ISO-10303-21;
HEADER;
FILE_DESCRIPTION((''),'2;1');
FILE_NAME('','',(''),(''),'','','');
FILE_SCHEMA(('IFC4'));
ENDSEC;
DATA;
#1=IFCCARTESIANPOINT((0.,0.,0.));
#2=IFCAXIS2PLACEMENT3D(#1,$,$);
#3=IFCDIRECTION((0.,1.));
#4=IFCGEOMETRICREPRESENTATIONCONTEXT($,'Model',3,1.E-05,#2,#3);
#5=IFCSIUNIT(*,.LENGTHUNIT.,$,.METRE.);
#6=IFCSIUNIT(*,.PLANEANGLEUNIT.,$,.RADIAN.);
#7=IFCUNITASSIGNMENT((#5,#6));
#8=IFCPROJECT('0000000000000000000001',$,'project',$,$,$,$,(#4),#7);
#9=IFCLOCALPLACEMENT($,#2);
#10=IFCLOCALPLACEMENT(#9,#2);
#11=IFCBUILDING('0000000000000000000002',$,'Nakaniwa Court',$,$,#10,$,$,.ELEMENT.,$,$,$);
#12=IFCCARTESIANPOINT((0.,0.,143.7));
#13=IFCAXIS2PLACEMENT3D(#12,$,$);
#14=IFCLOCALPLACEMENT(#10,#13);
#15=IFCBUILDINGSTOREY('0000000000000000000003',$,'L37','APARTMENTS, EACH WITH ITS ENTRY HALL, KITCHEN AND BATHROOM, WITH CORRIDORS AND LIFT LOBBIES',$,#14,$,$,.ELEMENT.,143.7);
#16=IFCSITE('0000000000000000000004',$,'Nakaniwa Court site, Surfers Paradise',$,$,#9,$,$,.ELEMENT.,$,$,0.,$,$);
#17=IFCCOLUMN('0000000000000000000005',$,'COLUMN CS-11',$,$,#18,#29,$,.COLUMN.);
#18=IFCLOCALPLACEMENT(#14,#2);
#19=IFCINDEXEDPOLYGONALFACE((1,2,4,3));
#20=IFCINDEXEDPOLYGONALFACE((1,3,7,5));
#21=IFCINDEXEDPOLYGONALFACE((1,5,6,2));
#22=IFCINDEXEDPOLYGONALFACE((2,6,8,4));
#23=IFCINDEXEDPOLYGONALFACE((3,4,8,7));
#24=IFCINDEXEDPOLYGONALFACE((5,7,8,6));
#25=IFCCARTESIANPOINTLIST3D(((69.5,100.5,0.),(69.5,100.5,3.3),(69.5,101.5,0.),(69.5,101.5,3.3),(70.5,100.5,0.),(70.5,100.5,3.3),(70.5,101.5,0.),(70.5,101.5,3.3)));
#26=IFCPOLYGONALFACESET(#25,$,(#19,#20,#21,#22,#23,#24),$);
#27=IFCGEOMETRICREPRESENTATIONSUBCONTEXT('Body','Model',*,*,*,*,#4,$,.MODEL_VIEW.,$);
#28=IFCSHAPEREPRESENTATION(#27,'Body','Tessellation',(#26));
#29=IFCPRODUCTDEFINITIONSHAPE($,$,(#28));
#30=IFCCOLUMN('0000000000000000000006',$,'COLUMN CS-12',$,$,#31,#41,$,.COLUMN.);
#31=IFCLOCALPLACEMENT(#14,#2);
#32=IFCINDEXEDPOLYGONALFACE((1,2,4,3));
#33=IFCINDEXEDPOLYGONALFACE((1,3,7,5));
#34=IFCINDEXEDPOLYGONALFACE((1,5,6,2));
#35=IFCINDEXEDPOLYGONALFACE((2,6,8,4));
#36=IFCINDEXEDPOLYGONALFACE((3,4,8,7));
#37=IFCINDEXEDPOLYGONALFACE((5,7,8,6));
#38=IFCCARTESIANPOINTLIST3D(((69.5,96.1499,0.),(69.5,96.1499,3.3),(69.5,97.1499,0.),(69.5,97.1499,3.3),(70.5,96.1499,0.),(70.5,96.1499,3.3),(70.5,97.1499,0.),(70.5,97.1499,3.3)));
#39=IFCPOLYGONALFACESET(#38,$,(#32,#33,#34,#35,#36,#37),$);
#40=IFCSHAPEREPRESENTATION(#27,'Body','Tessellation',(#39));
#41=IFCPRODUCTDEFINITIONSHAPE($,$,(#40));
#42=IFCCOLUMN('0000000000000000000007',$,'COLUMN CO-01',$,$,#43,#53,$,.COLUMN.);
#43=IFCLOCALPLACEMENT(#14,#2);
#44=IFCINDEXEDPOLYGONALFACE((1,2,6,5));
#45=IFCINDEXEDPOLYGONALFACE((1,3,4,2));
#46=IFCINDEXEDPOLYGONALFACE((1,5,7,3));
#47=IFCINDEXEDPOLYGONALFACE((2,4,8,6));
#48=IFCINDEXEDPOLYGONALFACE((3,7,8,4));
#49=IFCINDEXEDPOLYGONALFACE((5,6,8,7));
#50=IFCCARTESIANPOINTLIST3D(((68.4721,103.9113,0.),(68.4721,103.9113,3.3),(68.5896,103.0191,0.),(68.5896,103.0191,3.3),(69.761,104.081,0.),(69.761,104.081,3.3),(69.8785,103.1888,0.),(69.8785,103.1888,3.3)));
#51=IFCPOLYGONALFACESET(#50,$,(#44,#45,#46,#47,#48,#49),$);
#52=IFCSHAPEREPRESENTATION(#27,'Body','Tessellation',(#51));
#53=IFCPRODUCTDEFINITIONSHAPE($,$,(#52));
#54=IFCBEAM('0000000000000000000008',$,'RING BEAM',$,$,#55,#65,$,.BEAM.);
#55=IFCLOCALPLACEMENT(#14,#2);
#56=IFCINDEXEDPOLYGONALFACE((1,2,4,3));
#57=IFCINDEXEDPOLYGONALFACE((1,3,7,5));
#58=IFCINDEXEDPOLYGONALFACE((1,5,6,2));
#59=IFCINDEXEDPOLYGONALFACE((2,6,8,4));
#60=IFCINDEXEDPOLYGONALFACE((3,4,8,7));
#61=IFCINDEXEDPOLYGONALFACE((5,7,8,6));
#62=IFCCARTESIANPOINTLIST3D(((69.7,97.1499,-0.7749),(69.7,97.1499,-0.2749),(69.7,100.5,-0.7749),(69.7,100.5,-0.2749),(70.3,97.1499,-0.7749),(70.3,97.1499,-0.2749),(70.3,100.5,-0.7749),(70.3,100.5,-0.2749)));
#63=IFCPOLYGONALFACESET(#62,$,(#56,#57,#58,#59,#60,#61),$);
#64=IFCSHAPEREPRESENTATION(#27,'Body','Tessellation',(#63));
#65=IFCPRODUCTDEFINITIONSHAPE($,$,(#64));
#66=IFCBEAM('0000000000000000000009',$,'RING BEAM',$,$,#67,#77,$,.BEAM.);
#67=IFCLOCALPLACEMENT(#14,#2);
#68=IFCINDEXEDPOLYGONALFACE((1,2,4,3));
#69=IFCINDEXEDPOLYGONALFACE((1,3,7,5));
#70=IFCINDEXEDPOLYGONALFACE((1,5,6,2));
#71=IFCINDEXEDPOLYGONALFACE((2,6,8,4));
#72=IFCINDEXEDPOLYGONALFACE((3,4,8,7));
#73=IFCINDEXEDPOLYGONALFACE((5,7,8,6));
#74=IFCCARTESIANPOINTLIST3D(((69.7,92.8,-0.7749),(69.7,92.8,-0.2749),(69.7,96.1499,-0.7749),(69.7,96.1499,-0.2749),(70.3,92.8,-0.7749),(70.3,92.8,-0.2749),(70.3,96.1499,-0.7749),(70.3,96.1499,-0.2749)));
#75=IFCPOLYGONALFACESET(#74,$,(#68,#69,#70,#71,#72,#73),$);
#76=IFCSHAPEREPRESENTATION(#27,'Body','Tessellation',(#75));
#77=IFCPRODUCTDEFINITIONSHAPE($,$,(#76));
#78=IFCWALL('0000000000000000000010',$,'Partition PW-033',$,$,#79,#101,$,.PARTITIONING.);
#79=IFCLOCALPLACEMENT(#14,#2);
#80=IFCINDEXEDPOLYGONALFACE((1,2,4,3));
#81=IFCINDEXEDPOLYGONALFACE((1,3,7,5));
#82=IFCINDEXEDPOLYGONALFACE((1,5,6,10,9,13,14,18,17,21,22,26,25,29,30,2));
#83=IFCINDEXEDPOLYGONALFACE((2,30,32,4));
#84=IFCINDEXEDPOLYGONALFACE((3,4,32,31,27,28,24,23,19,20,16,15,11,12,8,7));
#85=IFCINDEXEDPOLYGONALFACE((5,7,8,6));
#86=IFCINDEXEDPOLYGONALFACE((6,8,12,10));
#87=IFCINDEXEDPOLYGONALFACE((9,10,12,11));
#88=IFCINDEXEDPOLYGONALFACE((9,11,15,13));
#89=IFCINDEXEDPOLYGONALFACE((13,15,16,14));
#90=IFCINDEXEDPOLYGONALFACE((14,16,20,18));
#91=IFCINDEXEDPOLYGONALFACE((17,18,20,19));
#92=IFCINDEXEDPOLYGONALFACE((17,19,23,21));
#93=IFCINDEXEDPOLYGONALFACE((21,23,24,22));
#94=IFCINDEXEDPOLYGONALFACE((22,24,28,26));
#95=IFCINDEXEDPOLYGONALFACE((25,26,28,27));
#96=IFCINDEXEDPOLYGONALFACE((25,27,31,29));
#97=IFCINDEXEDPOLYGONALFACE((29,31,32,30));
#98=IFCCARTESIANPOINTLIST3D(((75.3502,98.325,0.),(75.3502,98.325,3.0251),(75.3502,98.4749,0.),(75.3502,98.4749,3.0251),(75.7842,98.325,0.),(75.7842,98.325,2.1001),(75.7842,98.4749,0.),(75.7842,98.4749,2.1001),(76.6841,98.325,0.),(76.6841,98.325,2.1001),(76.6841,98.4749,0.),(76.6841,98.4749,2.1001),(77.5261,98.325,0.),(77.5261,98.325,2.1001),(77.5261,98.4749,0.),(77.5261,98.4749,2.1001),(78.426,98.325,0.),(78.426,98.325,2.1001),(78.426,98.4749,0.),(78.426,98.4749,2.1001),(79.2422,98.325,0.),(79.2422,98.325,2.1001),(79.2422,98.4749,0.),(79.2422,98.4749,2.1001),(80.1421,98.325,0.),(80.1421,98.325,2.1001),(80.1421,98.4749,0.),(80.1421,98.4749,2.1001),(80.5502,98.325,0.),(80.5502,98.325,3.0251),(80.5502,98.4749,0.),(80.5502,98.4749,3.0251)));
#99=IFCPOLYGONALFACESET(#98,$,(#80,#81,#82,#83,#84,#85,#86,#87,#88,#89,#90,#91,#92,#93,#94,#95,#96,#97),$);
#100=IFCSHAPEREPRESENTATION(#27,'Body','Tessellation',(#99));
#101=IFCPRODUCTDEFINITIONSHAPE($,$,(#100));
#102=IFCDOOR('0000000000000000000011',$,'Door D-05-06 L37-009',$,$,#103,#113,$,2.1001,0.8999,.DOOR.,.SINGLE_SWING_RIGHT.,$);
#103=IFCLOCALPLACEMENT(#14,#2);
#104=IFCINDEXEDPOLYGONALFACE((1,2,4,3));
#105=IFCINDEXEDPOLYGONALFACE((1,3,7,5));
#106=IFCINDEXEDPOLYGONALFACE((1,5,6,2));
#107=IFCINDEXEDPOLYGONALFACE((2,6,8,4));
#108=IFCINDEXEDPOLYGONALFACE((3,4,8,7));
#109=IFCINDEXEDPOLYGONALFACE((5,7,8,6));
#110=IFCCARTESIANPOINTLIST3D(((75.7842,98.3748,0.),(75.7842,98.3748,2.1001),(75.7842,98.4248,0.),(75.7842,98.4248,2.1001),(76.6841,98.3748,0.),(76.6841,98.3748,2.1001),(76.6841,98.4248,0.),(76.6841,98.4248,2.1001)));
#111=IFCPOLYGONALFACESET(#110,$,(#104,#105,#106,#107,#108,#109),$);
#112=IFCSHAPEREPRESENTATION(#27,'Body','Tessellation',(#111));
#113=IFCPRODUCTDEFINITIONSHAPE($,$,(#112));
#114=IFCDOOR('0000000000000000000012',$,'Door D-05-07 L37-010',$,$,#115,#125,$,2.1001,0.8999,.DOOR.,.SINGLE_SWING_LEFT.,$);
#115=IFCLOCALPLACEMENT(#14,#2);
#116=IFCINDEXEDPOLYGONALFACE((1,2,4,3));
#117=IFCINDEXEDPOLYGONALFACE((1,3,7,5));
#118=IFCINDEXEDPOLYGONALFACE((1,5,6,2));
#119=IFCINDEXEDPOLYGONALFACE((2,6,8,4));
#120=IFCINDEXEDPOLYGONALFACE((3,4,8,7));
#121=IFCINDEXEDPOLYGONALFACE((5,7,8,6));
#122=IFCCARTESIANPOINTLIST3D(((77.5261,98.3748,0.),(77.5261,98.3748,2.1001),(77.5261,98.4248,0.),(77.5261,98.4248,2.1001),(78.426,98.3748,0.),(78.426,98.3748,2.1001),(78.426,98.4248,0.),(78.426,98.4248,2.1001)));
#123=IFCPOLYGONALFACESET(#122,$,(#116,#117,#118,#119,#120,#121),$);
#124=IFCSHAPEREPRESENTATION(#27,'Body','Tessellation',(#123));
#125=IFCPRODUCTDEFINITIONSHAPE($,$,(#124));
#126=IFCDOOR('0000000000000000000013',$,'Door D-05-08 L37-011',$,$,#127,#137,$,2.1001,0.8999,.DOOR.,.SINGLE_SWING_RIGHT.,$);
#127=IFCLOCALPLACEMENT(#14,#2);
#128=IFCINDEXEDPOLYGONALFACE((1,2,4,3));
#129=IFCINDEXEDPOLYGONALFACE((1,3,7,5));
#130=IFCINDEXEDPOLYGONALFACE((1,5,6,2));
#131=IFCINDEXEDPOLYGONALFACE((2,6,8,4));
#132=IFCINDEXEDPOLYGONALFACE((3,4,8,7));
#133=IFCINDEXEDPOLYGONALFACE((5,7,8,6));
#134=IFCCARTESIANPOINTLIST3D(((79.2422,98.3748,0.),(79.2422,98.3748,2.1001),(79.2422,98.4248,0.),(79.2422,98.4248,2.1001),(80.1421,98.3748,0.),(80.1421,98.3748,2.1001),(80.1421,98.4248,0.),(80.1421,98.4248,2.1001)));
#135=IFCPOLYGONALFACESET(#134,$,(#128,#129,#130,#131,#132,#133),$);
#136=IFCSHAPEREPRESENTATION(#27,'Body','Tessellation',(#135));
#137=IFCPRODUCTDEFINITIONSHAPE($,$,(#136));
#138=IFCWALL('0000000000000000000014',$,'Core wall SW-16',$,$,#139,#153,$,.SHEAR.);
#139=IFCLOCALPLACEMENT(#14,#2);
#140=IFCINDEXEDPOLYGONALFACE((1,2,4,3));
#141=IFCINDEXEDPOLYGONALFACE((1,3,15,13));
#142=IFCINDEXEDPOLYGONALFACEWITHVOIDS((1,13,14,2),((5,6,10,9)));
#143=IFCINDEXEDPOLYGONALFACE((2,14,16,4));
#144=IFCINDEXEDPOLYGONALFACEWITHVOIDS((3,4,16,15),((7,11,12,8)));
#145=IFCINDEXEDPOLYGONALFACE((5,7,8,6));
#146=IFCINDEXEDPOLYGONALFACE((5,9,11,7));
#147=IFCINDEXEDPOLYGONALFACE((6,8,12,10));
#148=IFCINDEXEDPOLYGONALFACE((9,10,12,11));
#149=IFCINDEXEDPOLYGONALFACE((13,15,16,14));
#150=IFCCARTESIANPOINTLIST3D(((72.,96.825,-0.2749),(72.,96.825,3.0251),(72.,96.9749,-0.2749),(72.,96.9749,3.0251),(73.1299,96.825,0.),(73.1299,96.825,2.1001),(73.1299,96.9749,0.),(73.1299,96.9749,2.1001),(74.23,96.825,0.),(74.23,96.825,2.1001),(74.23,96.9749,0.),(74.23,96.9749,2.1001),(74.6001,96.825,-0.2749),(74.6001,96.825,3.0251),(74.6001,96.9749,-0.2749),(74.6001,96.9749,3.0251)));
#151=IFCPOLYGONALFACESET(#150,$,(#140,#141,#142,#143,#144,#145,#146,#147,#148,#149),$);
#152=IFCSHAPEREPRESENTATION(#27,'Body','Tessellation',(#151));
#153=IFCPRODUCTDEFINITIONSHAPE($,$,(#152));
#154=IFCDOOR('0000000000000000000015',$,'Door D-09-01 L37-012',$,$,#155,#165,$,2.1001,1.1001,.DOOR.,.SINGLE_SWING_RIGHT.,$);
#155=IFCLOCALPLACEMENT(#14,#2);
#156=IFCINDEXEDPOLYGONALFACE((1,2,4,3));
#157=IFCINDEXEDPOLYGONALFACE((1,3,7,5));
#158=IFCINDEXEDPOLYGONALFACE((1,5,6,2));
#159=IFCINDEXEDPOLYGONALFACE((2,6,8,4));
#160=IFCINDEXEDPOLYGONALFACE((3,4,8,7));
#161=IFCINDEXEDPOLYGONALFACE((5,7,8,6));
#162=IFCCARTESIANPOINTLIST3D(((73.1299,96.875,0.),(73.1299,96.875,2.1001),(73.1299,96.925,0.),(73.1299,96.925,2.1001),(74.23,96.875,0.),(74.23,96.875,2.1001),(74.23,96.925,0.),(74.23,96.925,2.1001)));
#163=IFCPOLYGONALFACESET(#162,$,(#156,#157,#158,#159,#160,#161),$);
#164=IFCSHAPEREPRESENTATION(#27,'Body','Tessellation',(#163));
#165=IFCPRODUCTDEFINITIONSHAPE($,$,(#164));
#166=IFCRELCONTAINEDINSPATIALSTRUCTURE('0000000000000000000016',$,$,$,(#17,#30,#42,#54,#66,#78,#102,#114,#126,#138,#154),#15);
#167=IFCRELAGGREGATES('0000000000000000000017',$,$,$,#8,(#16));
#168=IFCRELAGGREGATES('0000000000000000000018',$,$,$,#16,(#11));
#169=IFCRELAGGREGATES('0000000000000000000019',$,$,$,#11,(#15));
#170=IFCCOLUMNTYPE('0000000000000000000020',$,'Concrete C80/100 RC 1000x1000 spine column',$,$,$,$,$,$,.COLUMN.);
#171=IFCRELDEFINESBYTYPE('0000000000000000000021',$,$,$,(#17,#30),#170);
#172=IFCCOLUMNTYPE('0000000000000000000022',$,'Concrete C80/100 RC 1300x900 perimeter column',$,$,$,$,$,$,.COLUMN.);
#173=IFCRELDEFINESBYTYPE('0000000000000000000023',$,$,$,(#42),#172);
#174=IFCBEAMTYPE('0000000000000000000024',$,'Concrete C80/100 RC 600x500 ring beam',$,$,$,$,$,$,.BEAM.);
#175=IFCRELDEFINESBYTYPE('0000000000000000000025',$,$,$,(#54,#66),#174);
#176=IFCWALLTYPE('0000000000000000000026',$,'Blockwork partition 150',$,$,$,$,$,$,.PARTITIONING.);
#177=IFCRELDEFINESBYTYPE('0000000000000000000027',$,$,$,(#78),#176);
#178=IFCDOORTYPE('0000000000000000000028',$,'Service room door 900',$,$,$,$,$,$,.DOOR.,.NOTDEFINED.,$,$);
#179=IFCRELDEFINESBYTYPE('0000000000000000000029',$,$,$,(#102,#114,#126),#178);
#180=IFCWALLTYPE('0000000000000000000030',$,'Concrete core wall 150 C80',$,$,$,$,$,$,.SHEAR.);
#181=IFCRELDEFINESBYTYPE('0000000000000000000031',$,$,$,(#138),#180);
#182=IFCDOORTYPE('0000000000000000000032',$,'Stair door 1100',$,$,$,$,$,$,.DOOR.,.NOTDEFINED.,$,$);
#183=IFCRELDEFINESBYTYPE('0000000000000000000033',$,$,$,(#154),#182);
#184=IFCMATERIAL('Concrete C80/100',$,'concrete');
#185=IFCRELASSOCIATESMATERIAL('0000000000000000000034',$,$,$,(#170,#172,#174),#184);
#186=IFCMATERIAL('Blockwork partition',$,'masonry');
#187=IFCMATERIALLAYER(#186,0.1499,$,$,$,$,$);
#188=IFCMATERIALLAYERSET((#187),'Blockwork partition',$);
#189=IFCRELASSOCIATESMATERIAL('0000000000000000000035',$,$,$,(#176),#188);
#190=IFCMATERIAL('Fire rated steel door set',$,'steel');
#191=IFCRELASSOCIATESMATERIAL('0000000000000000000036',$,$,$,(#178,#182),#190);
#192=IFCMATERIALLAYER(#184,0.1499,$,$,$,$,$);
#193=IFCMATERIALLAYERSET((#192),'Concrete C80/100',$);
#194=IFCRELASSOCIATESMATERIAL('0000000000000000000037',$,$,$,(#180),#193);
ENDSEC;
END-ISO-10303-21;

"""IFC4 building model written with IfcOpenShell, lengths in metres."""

from ifc_helpers import new_model, si_unit, direction, frame, frame_2d, origin, origin_2d, place, context, subcontext, project, spatial, rectangle, extrude, material, layer, layer_set, material_profile, profile_set, type_object, element, fill, save


model = new_model("IFC4")

# Units and contexts
model_context = context("Model", 3, precision=1e-05, world=origin(), true_north=direction((0.0, 1.0)))
body_context = subcontext(model_context, "Body", "Model", "MODEL_VIEW")
ifc_project = project(units=[si_unit("LENGTHUNIT", "METRE"), si_unit("PLANEANGLEUNIT", "RADIAN")], contexts=[model_context])

# Site, building, storey
site_placement = place(None, origin())
site = spatial("IfcSite", under=ifc_project, at=site_placement, Name="Nakaniwa Court site, Surfers Paradise", CompositionType="ELEMENT", RefElevation=0.0)
building_placement = place(site_placement, origin())
building = spatial("IfcBuilding", under=site, at=building_placement, Name="Nakaniwa Court", CompositionType="ELEMENT")
storey_placement = place(building_placement, frame((0.0, 0.0, 143.7)))
storey = spatial("IfcBuildingStorey", under=building, at=storey_placement, Name="L37", Description="APARTMENTS, EACH WITH ITS ENTRY HALL, KITCHEN AND BATHROOM, WITH CORRIDORS AND LIFT LOBBIES", CompositionType="ELEMENT", Elevation=143.7)

# Columns
ifc_material_1 = material(Name="Concrete C80/100", Category="concrete")
ifc_material_profile_1 = material_profile(ifc_material_1, rectangle(XDim=1.0, YDim=1.0, at=origin_2d()), Name="Concrete C80/100 RC 1000x1000 spine column")
ifc_profile_set_1 = profile_set([ifc_material_profile_1], Name="Concrete C80/100")
column_type_1 = type_object("IfcColumnType", Name="Concrete C80/100 RC 1000x1000 spine column", PredefinedType="COLUMN", material=ifc_profile_set_1)
for number, where, z_axis, x_axis, name in (
    (1, (70.0, 101.0, 0.0), (0.0, 0.0, 1.0), (0.0, -1.0, 0.0), "COLUMN CS-11"),
    (2, (70.0, 96.6499, 0.0), (0.0, 0.0, 1.0), (0.0, -1.0, 0.0), "COLUMN CS-12"),
):
    element("IfcColumn", number, at=place(storey_placement, frame(where, z_axis=z_axis, x_axis=x_axis)), inside=storey, type_object=column_type_1, Name=name, PredefinedType="COLUMN", context=body_context, shape_type="SweptSolid", body=[
        extrude(rectangle(XDim=1.0, YDim=1.0, at=origin_2d()), origin(), (0.0, 0.0, 1.0), 3.3),
    ])
ifc_material_profile_2 = material_profile(ifc_material_1, rectangle(XDim=1.3, YDim=0.8999, at=origin_2d()), Name="Concrete C80/100 RC 1300x900 perimeter column")
ifc_profile_set_2 = profile_set([ifc_material_profile_2], Name="Concrete C80/100")
column_type_2 = type_object("IfcColumnType", Name="Concrete C80/100 RC 1300x900 perimeter column", PredefinedType="COLUMN", material=ifc_profile_set_2)
column_placement = place(storey_placement, frame((69.1753, 103.55, 0.0), z_axis=(0.0, 0.0, 1.0), x_axis=(-0.991443, -0.130543, 0.0)))
element("IfcColumn", 3, at=column_placement, inside=storey, type_object=column_type_2, Name="COLUMN CO-01", PredefinedType="COLUMN", context=body_context, shape_type="SweptSolid", body=[
    extrude(rectangle(XDim=1.3, YDim=0.8999, at=origin_2d()), origin(), (0.0, 0.0, 1.0), 3.3),
])

# Beams
ifc_material_profile_3 = material_profile(ifc_material_1, rectangle(XDim=0.6001, YDim=0.5, at=origin_2d()), Name="Concrete C80/100 RC 600x500 ring beam")
ifc_profile_set_3 = profile_set([ifc_material_profile_3], Name="Concrete C80/100")
beam_type = type_object("IfcBeamType", Name="Concrete C80/100 RC 600x500 ring beam", PredefinedType="BEAM", material=ifc_profile_set_3)
beam_1_placement = place(storey_placement, frame((70.0, 100.5, -0.5249), z_axis=(0.0, -1.0, 0.0), x_axis=(1.0, 0.0, 0.0)))
element("IfcBeam", 4, at=beam_1_placement, inside=storey, type_object=beam_type, Name="RING BEAM", PredefinedType="BEAM", context=body_context, shape_type="SweptSolid", body=[
    extrude(rectangle(XDim=0.6001, YDim=0.5, at=origin_2d()), origin(), (0.0, 0.0, 1.0), 3.3501),
])
beam_2_placement = place(storey_placement, frame((70.0, 96.1499, -0.5249), z_axis=(0.0, -1.0, 0.0), x_axis=(1.0, 0.0, 0.0)))
element("IfcBeam", 5, at=beam_2_placement, inside=storey, type_object=beam_type, Name="RING BEAM", PredefinedType="BEAM", context=body_context, shape_type="SweptSolid", body=[
    extrude(rectangle(XDim=0.6001, YDim=0.5, at=origin_2d()), origin(), (0.0, 0.0, 1.0), 3.3499),
])

# Wall, openings, doors
ifc_material_2 = material(Name="Blockwork partition", Category="masonry")
ifc_layer_1 = layer(ifc_material_2, 0.1499)
ifc_layer_set_1 = layer_set([ifc_layer_1], Name="Blockwork partition")
wall_type_1 = type_object("IfcWallType", Name="Blockwork partition 150", PredefinedType="PARTITIONING", material=ifc_layer_set_1)
wall_1_placement = place(storey_placement, frame((75.3501, 98.3999, 0.0), z_axis=(0.0, 0.0, 1.0), x_axis=(1.0, 0.0, 0.0)))
wall_1 = element("IfcWall", 6, at=wall_1_placement, inside=storey, type_object=wall_type_1, Name="Partition PW-033", PredefinedType="PARTITIONING", context=body_context, shape_type="SweptSolid", body=[
    extrude(rectangle(XDim=5.2, YDim=0.1499, at=frame_2d((2.6001, 0.0))), origin(), (0.0, 0.0, 1.0), 3.0251),
])
opening_1_placement = place(wall_1_placement, frame((0.4341, 0.0, 0.0)))
opening_1 = element("IfcOpeningElement", 7, at=opening_1_placement, cuts=wall_1, PredefinedType="OPENING", context=body_context, shape_type="SweptSolid", body=[
    extrude(rectangle(XDim=0.8999, YDim=2.1001, at=frame_2d((0.45, 1.05))), frame((0.0, 0.085, 0.0), z_axis=(0.0, -1.0, 0.0), x_axis=(1.0, 0.0, 0.0)), (0.0, 0.0, 1.0), 0.1699),
])
opening_2_placement = place(wall_1_placement, frame((2.176, 0.0, 0.0)))
opening_2 = element("IfcOpeningElement", 8, at=opening_2_placement, cuts=wall_1, PredefinedType="OPENING", context=body_context, shape_type="SweptSolid", body=[
    extrude(rectangle(XDim=0.8999, YDim=2.1001, at=frame_2d((0.45, 1.05))), frame((0.0, 0.085, 0.0), z_axis=(0.0, -1.0, 0.0), x_axis=(1.0, 0.0, 0.0)), (0.0, 0.0, 1.0), 0.1699),
])
opening_3_placement = place(wall_1_placement, frame((3.8921, 0.0, 0.0)))
opening_3 = element("IfcOpeningElement", 9, at=opening_3_placement, cuts=wall_1, PredefinedType="OPENING", context=body_context, shape_type="SweptSolid", body=[
    extrude(rectangle(XDim=0.8999, YDim=2.1001, at=frame_2d((0.45, 1.05))), frame((0.0, 0.085, 0.0), z_axis=(0.0, -1.0, 0.0), x_axis=(1.0, 0.0, 0.0)), (0.0, 0.0, 1.0), 0.1699),
])
ifc_material_3 = material(Name="Fire rated steel door set", Category="steel")
door_type_1 = type_object("IfcDoorType", Name="Service room door 900", OperationType="NOTDEFINED", PredefinedType="DOOR", material=ifc_material_3)
door_1_placement = place(opening_1_placement, origin())
door_1 = element("IfcDoor", 10, at=door_1_placement, inside=storey, type_object=door_type_1, Name="Door D-05-06 L37-009", OperationType="SINGLE_SWING_RIGHT", OverallHeight=2.1001, OverallWidth=0.8999, PredefinedType="DOOR", context=body_context, shape_type="SweptSolid", body=[
    extrude(rectangle(XDim=0.8999, YDim=2.1001, at=frame_2d((0.45, 1.05))), frame((0.0, 0.0249, 0.0), z_axis=(0.0, -1.0, 0.0), x_axis=(1.0, 0.0, 0.0)), (0.0, 0.0, 1.0), 0.05),
])
fill(opening_1, door_1)
door_2_placement = place(opening_2_placement, origin())
door_2 = element("IfcDoor", 11, at=door_2_placement, inside=storey, type_object=door_type_1, Name="Door D-05-07 L37-010", OperationType="SINGLE_SWING_LEFT", OverallHeight=2.1001, OverallWidth=0.8999, PredefinedType="DOOR", context=body_context, shape_type="SweptSolid", body=[
    extrude(rectangle(XDim=0.8999, YDim=2.1001, at=frame_2d((0.45, 1.05))), frame((0.0, 0.0249, 0.0), z_axis=(0.0, -1.0, 0.0), x_axis=(1.0, 0.0, 0.0)), (0.0, 0.0, 1.0), 0.05),
])
fill(opening_2, door_2)
door_3_placement = place(opening_3_placement, origin())
door_3 = element("IfcDoor", 12, at=door_3_placement, inside=storey, type_object=door_type_1, Name="Door D-05-08 L37-011", OperationType="SINGLE_SWING_RIGHT", OverallHeight=2.1001, OverallWidth=0.8999, PredefinedType="DOOR", context=body_context, shape_type="SweptSolid", body=[
    extrude(rectangle(XDim=0.8999, YDim=2.1001, at=frame_2d((0.45, 1.05))), frame((0.0, 0.0249, 0.0), z_axis=(0.0, -1.0, 0.0), x_axis=(1.0, 0.0, 0.0)), (0.0, 0.0, 1.0), 0.05),
])
fill(opening_3, door_3)

# Wall, opening, door
ifc_layer_2 = layer(ifc_material_1, 0.1499)
ifc_layer_set_2 = layer_set([ifc_layer_2], Name="Concrete C80/100")
wall_type_2 = type_object("IfcWallType", Name="Concrete core wall 150 C80", PredefinedType="SHEAR", material=ifc_layer_set_2)
wall_2_placement = place(storey_placement, frame((74.6001, 96.8999, -0.2749), z_axis=(0.0, 0.0, 1.0), x_axis=(-1.0, 0.0, 0.0)))
wall_2 = element("IfcWall", 13, at=wall_2_placement, inside=storey, type_object=wall_type_2, Name="Core wall SW-16", PredefinedType="SHEAR", context=body_context, shape_type="SweptSolid", body=[
    extrude(rectangle(XDim=2.6001, YDim=0.1499, at=frame_2d((1.3, 0.0))), origin(), (0.0, 0.0, 1.0), 3.3),
])
opening_4_placement = place(wall_2_placement, frame((0.3701, 0.0, 0.2749)))
opening_4 = element("IfcOpeningElement", 14, at=opening_4_placement, cuts=wall_2, PredefinedType="OPENING", context=body_context, shape_type="SweptSolid", body=[
    extrude(rectangle(XDim=1.1001, YDim=2.1001, at=frame_2d((0.55, 1.05))), frame((0.0, 0.085, 0.0), z_axis=(0.0, -1.0, 0.0), x_axis=(1.0, 0.0, 0.0)), (0.0, 0.0, 1.0), 0.1699),
])
door_type_2 = type_object("IfcDoorType", Name="Stair door 1100", OperationType="NOTDEFINED", PredefinedType="DOOR", material=ifc_material_3)
door_4_placement = place(opening_4_placement, origin())
door_4 = element("IfcDoor", 15, at=door_4_placement, inside=storey, type_object=door_type_2, Name="Door D-09-01 L37-012", OperationType="SINGLE_SWING_RIGHT", OverallHeight=2.1001, OverallWidth=1.1001, PredefinedType="DOOR", context=body_context, shape_type="SweptSolid", body=[
    extrude(rectangle(XDim=1.1001, YDim=2.1001, at=frame_2d((0.55, 1.05))), frame((0.0, 0.0249, 0.0), z_axis=(0.0, -1.0, 0.0), x_axis=(1.0, 0.0, 0.0)), (0.0, 0.0, 1.0), 0.05),
])
fill(opening_4, door_4)

save(model, "model.ifc")
